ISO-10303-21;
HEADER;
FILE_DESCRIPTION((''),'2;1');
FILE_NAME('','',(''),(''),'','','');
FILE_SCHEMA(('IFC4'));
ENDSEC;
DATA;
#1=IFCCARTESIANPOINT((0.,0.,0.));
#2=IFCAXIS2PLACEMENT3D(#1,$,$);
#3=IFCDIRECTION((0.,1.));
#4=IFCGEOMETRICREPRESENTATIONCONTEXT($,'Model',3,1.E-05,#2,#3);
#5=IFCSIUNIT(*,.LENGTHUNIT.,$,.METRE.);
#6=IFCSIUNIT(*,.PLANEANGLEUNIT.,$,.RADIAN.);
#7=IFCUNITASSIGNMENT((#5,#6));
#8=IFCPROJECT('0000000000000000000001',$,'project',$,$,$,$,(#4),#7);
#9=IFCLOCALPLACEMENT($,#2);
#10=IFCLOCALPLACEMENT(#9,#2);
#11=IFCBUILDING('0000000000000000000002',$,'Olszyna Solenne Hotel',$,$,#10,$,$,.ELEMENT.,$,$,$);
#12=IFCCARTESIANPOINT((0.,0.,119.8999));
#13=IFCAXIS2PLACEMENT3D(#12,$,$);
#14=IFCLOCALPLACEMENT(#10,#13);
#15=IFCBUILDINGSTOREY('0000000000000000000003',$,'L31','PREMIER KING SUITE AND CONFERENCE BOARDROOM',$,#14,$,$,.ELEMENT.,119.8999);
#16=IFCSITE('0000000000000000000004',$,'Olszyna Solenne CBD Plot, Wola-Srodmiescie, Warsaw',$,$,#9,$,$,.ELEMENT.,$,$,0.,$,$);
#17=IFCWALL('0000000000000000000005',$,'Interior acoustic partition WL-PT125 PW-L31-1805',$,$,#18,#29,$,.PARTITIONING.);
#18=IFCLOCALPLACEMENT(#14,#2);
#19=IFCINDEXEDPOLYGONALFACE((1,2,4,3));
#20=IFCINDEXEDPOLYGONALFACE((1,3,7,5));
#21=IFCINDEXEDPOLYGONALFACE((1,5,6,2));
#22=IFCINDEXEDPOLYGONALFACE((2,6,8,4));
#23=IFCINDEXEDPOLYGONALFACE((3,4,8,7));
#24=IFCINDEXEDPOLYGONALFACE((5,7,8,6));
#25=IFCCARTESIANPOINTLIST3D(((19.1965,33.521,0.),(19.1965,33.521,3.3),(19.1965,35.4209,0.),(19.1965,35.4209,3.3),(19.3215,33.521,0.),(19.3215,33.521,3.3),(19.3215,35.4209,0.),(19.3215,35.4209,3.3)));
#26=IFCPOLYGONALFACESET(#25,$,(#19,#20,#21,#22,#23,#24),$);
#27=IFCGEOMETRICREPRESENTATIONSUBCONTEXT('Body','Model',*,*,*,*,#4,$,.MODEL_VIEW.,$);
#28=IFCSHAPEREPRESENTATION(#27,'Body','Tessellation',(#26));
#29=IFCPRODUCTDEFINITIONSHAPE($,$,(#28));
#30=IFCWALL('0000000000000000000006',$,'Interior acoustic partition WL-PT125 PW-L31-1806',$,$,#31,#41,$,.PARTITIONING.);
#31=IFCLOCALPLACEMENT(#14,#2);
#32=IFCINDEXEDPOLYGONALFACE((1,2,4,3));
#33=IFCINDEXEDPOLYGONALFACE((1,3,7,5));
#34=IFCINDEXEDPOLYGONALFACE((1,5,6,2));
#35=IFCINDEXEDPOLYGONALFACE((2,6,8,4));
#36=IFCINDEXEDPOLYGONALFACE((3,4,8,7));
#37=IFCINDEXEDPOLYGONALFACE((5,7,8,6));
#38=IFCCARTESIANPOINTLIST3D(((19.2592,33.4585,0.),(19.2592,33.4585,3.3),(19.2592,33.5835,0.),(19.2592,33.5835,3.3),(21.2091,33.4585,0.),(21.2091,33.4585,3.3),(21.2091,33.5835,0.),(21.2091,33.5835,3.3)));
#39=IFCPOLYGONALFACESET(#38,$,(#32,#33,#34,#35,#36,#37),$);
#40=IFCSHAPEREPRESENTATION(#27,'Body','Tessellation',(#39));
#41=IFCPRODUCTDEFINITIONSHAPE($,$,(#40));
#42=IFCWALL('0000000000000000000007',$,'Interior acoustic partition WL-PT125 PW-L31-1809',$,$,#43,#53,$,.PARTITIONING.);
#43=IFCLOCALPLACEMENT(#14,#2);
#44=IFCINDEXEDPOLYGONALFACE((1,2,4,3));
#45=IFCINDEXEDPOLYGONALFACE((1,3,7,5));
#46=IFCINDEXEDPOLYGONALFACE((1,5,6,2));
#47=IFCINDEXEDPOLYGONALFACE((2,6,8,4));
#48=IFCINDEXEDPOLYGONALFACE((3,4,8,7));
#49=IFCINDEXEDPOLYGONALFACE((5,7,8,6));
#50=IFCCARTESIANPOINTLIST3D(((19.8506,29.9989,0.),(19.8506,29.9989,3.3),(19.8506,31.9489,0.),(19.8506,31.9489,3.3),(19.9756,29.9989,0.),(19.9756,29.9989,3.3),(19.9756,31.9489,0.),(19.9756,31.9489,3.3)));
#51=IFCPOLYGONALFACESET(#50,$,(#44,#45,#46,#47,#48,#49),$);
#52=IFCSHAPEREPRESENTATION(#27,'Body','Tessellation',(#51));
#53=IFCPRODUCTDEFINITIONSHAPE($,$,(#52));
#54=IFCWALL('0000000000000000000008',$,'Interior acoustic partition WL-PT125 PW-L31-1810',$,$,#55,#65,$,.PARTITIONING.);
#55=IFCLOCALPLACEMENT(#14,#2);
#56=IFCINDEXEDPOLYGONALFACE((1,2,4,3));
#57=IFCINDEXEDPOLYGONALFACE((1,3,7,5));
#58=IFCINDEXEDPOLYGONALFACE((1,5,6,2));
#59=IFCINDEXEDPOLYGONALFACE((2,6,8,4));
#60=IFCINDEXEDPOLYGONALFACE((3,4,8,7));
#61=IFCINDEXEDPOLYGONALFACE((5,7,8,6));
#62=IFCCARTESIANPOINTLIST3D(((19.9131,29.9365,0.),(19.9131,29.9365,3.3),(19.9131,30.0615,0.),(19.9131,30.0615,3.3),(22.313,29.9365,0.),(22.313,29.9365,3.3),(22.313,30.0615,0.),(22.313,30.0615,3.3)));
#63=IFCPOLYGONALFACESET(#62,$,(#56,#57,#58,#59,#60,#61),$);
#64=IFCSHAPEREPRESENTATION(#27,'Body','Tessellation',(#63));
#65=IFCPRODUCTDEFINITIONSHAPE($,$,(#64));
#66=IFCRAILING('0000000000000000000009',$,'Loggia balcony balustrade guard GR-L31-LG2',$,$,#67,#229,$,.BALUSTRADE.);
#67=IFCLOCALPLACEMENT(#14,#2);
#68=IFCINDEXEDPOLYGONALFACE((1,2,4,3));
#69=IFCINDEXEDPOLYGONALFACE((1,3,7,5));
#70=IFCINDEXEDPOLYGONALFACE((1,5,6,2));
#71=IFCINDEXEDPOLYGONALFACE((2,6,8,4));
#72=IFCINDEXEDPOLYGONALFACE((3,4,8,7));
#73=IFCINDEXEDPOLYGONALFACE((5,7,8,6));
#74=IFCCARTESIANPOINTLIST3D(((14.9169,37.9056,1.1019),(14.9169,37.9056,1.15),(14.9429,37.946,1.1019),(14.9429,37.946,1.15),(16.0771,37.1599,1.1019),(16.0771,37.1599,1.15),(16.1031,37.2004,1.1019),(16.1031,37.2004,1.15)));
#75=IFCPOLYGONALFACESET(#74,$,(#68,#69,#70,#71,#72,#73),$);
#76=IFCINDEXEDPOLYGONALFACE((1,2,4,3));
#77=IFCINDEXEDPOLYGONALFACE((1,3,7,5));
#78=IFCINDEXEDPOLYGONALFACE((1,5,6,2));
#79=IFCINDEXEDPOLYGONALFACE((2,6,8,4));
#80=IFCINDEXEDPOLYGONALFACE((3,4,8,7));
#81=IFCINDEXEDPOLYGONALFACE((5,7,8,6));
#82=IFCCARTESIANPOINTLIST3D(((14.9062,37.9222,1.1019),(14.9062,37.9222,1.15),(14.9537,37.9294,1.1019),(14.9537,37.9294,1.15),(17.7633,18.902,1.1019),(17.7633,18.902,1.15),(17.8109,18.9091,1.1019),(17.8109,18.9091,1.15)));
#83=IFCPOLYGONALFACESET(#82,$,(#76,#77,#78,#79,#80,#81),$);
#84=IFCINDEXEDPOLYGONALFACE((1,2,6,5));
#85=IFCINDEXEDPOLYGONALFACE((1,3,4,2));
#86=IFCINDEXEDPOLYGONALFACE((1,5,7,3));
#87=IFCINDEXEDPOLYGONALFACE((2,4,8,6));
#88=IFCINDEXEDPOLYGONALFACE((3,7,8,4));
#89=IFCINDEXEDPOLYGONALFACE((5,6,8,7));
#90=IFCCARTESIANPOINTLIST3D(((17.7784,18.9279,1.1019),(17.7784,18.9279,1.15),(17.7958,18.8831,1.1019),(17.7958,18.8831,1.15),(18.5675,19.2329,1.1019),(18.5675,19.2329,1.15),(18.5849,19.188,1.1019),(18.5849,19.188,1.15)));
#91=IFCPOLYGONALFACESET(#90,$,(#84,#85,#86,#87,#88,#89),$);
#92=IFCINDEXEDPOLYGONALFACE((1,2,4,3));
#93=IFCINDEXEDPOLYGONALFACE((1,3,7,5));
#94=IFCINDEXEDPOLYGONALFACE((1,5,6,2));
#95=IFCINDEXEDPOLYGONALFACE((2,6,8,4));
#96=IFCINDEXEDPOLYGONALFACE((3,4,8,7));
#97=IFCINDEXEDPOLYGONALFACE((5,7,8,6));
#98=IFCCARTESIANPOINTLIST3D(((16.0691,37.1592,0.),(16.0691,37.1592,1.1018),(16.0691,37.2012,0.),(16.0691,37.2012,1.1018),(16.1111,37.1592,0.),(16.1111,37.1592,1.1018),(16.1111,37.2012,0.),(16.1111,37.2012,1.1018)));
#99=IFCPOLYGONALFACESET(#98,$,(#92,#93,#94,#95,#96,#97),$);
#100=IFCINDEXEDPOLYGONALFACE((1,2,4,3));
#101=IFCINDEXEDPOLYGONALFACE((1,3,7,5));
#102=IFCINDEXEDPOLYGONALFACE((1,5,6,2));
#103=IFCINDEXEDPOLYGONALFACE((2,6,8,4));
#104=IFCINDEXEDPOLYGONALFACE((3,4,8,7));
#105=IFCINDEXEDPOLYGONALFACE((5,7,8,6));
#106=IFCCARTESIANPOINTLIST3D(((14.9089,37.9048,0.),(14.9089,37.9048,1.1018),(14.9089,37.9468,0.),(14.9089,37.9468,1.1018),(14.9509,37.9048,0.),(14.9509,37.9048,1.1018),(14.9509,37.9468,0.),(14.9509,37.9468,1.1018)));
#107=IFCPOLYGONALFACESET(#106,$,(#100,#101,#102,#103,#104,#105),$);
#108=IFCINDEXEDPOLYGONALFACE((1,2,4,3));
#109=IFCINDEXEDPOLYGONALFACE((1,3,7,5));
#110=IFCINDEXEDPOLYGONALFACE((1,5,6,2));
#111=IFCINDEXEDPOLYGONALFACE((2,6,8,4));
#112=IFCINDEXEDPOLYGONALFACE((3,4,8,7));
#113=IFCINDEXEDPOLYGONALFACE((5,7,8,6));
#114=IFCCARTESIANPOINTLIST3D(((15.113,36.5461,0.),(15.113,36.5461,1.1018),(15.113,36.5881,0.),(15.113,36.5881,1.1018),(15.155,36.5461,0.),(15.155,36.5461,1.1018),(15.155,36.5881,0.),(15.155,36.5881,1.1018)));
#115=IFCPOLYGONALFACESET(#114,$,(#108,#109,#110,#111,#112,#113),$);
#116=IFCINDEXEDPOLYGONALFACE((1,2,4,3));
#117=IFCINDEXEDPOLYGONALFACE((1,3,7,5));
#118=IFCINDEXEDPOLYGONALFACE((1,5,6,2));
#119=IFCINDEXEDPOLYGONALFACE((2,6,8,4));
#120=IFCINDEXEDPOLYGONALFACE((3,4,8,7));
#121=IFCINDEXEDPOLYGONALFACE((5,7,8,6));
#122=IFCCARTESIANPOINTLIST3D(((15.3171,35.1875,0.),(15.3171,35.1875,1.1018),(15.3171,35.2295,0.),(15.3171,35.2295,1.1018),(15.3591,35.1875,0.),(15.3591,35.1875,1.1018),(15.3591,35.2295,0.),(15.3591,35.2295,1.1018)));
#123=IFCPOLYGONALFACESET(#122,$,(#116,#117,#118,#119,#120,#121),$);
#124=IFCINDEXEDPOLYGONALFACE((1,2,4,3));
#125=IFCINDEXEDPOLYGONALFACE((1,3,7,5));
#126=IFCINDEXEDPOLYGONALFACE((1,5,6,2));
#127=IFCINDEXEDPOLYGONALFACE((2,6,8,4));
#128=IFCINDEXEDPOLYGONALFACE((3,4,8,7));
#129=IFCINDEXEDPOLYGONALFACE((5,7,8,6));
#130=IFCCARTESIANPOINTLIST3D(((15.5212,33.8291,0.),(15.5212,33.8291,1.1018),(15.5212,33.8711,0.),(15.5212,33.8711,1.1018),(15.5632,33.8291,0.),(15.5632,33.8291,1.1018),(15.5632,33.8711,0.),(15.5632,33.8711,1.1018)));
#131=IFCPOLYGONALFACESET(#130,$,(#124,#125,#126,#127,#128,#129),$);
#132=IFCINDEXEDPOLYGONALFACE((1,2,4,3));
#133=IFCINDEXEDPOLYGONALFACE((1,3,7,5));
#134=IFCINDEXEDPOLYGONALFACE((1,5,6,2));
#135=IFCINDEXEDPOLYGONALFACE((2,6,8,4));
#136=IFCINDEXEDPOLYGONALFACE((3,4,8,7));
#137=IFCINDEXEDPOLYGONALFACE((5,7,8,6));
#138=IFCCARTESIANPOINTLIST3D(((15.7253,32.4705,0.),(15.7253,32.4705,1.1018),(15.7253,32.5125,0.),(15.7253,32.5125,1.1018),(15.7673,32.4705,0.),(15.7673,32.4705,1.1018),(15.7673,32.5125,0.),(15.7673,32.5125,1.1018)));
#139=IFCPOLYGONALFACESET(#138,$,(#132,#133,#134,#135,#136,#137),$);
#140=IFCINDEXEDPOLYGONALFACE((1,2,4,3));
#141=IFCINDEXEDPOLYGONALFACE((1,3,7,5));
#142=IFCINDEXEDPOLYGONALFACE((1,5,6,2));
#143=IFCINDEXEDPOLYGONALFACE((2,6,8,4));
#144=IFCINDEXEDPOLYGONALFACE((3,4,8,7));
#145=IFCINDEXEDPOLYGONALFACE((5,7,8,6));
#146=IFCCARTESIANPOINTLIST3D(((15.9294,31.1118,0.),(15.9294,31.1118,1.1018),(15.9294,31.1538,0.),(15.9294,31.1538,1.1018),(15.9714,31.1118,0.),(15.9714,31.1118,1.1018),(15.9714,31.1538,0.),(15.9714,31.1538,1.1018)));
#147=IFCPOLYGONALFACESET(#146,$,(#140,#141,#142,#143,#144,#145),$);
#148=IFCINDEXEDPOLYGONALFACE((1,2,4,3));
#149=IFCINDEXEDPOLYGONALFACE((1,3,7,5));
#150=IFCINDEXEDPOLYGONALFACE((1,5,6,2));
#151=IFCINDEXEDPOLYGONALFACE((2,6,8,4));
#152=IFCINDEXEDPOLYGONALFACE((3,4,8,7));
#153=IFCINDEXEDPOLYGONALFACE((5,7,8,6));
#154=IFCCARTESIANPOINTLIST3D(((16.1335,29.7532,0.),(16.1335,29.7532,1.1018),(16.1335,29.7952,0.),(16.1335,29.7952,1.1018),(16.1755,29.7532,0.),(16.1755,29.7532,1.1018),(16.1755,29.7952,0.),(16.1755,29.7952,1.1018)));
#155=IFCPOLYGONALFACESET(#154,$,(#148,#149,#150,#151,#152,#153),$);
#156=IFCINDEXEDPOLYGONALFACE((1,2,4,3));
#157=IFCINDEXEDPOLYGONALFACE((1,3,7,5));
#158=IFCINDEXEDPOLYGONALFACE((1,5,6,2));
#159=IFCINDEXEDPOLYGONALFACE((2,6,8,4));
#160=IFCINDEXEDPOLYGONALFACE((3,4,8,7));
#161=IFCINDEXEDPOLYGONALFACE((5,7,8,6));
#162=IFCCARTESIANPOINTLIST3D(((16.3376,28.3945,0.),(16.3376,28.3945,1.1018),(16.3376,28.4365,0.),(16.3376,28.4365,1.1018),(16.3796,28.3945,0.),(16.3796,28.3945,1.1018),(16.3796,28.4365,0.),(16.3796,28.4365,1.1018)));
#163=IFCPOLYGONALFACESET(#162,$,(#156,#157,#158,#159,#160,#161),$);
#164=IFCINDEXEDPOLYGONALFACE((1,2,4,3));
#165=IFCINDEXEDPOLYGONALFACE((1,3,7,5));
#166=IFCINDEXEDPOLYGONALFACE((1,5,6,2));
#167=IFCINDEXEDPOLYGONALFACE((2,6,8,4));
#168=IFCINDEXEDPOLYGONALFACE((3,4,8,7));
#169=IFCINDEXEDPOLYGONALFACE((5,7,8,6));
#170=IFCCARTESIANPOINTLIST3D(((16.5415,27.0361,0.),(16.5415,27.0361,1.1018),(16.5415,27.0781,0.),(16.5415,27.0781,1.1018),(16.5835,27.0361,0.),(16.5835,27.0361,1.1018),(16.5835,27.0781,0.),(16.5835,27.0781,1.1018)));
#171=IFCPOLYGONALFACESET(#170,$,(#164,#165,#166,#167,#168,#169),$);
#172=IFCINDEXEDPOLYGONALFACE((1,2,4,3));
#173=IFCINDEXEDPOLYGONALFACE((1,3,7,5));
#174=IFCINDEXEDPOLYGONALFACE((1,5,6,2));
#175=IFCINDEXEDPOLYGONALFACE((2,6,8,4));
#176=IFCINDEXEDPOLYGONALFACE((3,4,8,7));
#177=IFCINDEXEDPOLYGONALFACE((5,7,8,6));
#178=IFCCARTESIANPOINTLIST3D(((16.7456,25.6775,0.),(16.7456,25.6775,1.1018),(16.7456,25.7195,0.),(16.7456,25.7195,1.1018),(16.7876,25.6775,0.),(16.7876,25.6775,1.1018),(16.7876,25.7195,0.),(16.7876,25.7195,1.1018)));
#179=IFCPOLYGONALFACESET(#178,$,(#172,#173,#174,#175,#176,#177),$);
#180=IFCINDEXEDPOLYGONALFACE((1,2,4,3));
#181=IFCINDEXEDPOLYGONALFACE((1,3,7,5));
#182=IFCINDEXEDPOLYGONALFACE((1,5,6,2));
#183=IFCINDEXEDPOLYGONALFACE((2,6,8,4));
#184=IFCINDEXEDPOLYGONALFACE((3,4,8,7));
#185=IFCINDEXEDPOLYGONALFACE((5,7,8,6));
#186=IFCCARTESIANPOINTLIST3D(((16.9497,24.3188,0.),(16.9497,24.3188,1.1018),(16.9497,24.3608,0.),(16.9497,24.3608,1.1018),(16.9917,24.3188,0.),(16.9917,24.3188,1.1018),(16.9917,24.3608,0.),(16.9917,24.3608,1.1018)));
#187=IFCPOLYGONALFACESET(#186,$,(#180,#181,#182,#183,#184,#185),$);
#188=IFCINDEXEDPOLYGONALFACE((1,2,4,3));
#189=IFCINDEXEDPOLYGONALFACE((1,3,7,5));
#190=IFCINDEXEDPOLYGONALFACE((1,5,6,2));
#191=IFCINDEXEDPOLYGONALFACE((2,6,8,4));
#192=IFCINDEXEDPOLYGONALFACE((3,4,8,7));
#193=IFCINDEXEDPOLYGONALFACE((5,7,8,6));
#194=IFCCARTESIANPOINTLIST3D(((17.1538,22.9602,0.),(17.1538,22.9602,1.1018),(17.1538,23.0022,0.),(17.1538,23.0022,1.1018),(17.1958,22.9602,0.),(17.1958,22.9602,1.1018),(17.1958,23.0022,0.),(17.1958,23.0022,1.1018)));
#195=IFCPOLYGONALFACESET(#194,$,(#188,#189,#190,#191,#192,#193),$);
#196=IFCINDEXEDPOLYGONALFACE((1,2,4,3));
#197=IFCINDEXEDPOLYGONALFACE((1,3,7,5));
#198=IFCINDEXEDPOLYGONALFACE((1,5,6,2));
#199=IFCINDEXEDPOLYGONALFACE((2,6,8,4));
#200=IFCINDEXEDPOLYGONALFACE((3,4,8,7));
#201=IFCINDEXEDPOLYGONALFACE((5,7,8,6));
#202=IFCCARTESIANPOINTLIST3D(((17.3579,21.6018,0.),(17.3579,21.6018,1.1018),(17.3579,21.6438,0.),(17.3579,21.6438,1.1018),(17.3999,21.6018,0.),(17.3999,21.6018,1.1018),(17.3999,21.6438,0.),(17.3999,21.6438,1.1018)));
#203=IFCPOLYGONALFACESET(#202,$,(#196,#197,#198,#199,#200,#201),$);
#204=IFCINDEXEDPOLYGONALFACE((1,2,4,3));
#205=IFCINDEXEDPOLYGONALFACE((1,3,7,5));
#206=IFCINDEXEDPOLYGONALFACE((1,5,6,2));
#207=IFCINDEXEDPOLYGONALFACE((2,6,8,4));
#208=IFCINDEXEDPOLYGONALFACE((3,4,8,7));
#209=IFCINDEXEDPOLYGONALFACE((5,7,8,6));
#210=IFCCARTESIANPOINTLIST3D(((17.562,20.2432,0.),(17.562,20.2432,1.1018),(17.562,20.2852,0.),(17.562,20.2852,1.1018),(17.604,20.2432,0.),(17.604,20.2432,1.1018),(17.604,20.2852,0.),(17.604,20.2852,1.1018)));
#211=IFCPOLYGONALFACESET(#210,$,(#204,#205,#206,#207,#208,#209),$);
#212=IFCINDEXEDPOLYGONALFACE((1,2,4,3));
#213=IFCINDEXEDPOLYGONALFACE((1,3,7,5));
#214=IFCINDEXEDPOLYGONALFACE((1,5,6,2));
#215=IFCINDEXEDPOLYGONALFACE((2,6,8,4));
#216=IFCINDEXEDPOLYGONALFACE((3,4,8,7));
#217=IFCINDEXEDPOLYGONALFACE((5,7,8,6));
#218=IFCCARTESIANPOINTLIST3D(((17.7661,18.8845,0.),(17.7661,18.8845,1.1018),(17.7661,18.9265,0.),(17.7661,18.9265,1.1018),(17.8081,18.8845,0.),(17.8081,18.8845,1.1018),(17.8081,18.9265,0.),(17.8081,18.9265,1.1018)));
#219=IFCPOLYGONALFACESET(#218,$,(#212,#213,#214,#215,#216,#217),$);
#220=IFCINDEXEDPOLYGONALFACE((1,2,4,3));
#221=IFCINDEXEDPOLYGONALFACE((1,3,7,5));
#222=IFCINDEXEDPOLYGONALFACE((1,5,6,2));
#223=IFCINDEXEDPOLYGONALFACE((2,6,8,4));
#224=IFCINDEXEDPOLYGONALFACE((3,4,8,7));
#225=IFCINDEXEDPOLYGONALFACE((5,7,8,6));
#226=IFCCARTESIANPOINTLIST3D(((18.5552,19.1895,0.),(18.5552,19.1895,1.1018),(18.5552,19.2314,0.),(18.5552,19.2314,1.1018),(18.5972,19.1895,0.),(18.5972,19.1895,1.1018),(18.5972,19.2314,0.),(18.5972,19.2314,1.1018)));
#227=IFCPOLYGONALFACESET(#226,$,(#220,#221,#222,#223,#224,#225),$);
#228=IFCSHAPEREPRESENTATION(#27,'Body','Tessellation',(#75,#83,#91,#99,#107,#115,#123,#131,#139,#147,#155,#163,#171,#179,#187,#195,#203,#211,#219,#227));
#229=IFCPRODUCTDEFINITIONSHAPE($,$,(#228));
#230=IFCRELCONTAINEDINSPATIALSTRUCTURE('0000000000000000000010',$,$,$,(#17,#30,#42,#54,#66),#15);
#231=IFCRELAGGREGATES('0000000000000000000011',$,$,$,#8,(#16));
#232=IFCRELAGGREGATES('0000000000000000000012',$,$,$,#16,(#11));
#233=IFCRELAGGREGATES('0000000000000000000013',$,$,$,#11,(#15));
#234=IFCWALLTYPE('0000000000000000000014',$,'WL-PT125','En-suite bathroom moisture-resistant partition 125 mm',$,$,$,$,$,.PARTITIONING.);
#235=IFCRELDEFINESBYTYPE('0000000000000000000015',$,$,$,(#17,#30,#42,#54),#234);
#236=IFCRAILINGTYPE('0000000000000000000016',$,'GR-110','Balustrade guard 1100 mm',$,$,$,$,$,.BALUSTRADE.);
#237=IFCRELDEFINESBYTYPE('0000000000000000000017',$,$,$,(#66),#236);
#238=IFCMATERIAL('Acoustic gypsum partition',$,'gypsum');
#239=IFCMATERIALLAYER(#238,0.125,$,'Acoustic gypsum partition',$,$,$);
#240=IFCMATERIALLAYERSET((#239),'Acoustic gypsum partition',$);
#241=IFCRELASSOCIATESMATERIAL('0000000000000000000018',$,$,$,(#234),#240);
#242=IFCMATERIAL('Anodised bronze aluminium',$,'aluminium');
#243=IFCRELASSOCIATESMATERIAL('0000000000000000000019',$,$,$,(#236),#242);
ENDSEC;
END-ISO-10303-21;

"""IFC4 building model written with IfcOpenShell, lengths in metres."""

from ifc_helpers import new_model, si_unit, direction, frame, frame_2d, origin, origin_2d, place, context, subcontext, project, spatial, rectangle, extrude, material, layer, layer_set, type_object, element, save


model = new_model("IFC4")

# Units and contexts
model_context = context("Model", 3, precision=1e-05, world=origin(), true_north=direction((0.0, 1.0)))
body_context = subcontext(model_context, "Body", "Model", "MODEL_VIEW")
ifc_project = project(units=[si_unit("LENGTHUNIT", "METRE"), si_unit("PLANEANGLEUNIT", "RADIAN")], contexts=[model_context])

# Site, building, storey
site_placement = place(None, origin())
site = spatial("IfcSite", under=ifc_project, at=site_placement, Name="Olszyna Solenne CBD Plot, Wola-Srodmiescie, Warsaw", CompositionType="ELEMENT", RefElevation=0.0)
building_placement = place(site_placement, origin())
building = spatial("IfcBuilding", under=site, at=building_placement, Name="Olszyna Solenne Hotel", CompositionType="ELEMENT")
storey_placement = place(building_placement, frame((0.0, 0.0, 119.8999)))
storey = spatial("IfcBuildingStorey", under=building, at=storey_placement, Name="L31", Description="PREMIER KING SUITE AND CONFERENCE BOARDROOM", CompositionType="ELEMENT", Elevation=119.8999)

# Shared definitions
ifc_material_1 = material(Name="Anodised bronze aluminium", Category="aluminium")

# Walls
ifc_material_2 = material(Name="Acoustic gypsum partition", Category="gypsum")
ifc_layer = layer(ifc_material_2, 0.125, Name="Acoustic gypsum partition")
ifc_layer_set = layer_set([ifc_layer], Name="Acoustic gypsum partition")
wall_type = type_object("IfcWallType", Name="WL-PT125", Description="En-suite bathroom moisture-resistant partition 125 mm", PredefinedType="PARTITIONING", material=ifc_layer_set)
wall_1_placement = place(storey_placement, frame((19.259, 35.4209, 0.0), z_axis=(0.0, 0.0, 1.0), x_axis=(0.0, -1.0, 0.0)))
element("IfcWall", 1, at=wall_1_placement, inside=storey, type_object=wall_type, Name="Interior acoustic partition WL-PT125 PW-L31-1805", PredefinedType="PARTITIONING", context=body_context, shape_type="SweptSolid", body=[
    extrude(rectangle(XDim=1.8999, YDim=0.125, at=frame_2d((0.95, 0.0))), origin(), (0.0, 0.0, 1.0), 3.3),
])
for number, where, z_axis, x_axis, name in (
    (2, (19.259, 33.521, 0.0), (0.0, 0.0, 1.0), (1.0, 0.0, 0.0), "Interior acoustic partition WL-PT125 PW-L31-1806"),
    (3, (19.9131, 31.949, 0.0), (0.0, 0.0, 1.0), (0.0, -1.0, 0.0), "Interior acoustic partition WL-PT125 PW-L31-1809"),
):
    element("IfcWall", number, at=place(storey_placement, frame(where, z_axis=z_axis, x_axis=x_axis)), inside=storey, type_object=wall_type, Name=name, PredefinedType="PARTITIONING", context=body_context, shape_type="SweptSolid", body=[
        extrude(rectangle(XDim=1.95, YDim=0.125, at=frame_2d((0.9751, 0.0))), origin(), (0.0, 0.0, 1.0), 3.3),
    ])
wall_2_placement = place(storey_placement, frame((19.9131, 29.999, 0.0), z_axis=(0.0, 0.0, 1.0), x_axis=(1.0, 0.0, 0.0)))
element("IfcWall", 4, at=wall_2_placement, inside=storey, type_object=wall_type, Name="Interior acoustic partition WL-PT125 PW-L31-1810", PredefinedType="PARTITIONING", context=body_context, shape_type="SweptSolid", body=[
    extrude(rectangle(XDim=2.3999, YDim=0.125, at=frame_2d((1.2, 0.0))), origin(), (0.0, 0.0, 1.0), 3.3),
])

# Railing
railing_type = type_object("IfcRailingType", Name="GR-110", Description="Balustrade guard 1100 mm", PredefinedType="BALUSTRADE", material=ifc_material_1)
railing_placement = place(storey_placement, frame((16.0901, 37.1802, 0.0)))
element("IfcRailing", 5, at=railing_placement, inside=storey, type_object=railing_type, Name="Loggia balcony balustrade guard GR-L31-LG2", PredefinedType="BALUSTRADE", context=body_context, shape_type="SweptSolid", body=[
    extrude(rectangle(XDim=0.0481, YDim=0.0481, at=origin_2d()), frame((0.0, 0.0, 1.126), z_axis=(-0.841247, 0.54065, 0.0), x_axis=(-0.54065, -0.841247, 0.0)), (0.0, 0.0, 1.0), 1.3792),
    extrude(rectangle(XDim=0.0481, YDim=0.0481, at=origin_2d()), frame((-1.1602, 0.7456, 1.126), z_axis=(0.148551, -0.988905, 0.0), x_axis=(0.988905, 0.148551, 0.0)), (0.0, 0.0, 1.0), 19.2336),
    extrude(rectangle(XDim=0.0481, YDim=0.0481, at=origin_2d()), frame((1.697, -18.2747, 1.126), z_axis=(0.932772, 0.360468, 0.0), x_axis=(-0.360468, 0.932772, 0.0)), (0.0, 0.0, 1.0), 0.8459),
    extrude(rectangle(XDim=0.042, YDim=0.042, at=origin_2d()), origin(), (0.0, 0.0, 1.0), 1.1018),
    extrude(rectangle(XDim=0.042, YDim=0.042, at=origin_2d()), frame((-1.1602, 0.7456, 0.0)), (0.0, 0.0, 1.0), 1.1018),
    extrude(rectangle(XDim=0.042, YDim=0.042, at=origin_2d()), frame((-0.9561, -0.613, 0.0)), (0.0, 0.0, 1.0), 1.1018),
    extrude(rectangle(XDim=0.042, YDim=0.042, at=origin_2d()), frame((-0.752, -1.9717, 0.0)), (0.0, 0.0, 1.0), 1.1018),
    extrude(rectangle(XDim=0.042, YDim=0.042, at=origin_2d()), frame((-0.5479, -3.3301, 0.0)), (0.0, 0.0, 1.0), 1.1018),
    extrude(rectangle(XDim=0.042, YDim=0.042, at=origin_2d()), frame((-0.3438, -4.6887, 0.0)), (0.0, 0.0, 1.0), 1.1018),
    extrude(rectangle(XDim=0.042, YDim=0.042, at=origin_2d()), frame((-0.1396, -6.0474, 0.0)), (0.0, 0.0, 1.0), 1.1018),
    extrude(rectangle(XDim=0.042, YDim=0.042, at=origin_2d()), frame((0.0645, -7.406, 0.0)), (0.0, 0.0, 1.0), 1.1018),
    extrude(rectangle(XDim=0.042, YDim=0.042, at=origin_2d()), frame((0.2686, -8.7646, 0.0)), (0.0, 0.0, 1.0), 1.1018),
    extrude(rectangle(XDim=0.042, YDim=0.042, at=origin_2d()), frame((0.4724, -10.123, 0.0)), (0.0, 0.0, 1.0), 1.1018),
    extrude(rectangle(XDim=0.042, YDim=0.042, at=origin_2d()), frame((0.6765, -11.4817, 0.0)), (0.0, 0.0, 1.0), 1.1018),
    extrude(rectangle(XDim=0.042, YDim=0.042, at=origin_2d()), frame((0.8806, -12.8403, 0.0)), (0.0, 0.0, 1.0), 1.1018),
    extrude(rectangle(XDim=0.042, YDim=0.042, at=origin_2d()), frame((1.0847, -14.199, 0.0)), (0.0, 0.0, 1.0), 1.1018),
    extrude(rectangle(XDim=0.042, YDim=0.042, at=origin_2d()), frame((1.2888, -15.5574, 0.0)), (0.0, 0.0, 1.0), 1.1018),
    extrude(rectangle(XDim=0.042, YDim=0.042, at=origin_2d()), frame((1.4929, -16.916, 0.0)), (0.0, 0.0, 1.0), 1.1018),
    extrude(rectangle(XDim=0.042, YDim=0.042, at=origin_2d()), frame((1.697, -18.2747, 0.0)), (0.0, 0.0, 1.0), 1.1018),
    extrude(rectangle(XDim=0.042, YDim=0.042, at=origin_2d()), frame((2.4861, -17.9697, 0.0)), (0.0, 0.0, 1.0), 1.1018),
])

save(model, "model.ifc")
